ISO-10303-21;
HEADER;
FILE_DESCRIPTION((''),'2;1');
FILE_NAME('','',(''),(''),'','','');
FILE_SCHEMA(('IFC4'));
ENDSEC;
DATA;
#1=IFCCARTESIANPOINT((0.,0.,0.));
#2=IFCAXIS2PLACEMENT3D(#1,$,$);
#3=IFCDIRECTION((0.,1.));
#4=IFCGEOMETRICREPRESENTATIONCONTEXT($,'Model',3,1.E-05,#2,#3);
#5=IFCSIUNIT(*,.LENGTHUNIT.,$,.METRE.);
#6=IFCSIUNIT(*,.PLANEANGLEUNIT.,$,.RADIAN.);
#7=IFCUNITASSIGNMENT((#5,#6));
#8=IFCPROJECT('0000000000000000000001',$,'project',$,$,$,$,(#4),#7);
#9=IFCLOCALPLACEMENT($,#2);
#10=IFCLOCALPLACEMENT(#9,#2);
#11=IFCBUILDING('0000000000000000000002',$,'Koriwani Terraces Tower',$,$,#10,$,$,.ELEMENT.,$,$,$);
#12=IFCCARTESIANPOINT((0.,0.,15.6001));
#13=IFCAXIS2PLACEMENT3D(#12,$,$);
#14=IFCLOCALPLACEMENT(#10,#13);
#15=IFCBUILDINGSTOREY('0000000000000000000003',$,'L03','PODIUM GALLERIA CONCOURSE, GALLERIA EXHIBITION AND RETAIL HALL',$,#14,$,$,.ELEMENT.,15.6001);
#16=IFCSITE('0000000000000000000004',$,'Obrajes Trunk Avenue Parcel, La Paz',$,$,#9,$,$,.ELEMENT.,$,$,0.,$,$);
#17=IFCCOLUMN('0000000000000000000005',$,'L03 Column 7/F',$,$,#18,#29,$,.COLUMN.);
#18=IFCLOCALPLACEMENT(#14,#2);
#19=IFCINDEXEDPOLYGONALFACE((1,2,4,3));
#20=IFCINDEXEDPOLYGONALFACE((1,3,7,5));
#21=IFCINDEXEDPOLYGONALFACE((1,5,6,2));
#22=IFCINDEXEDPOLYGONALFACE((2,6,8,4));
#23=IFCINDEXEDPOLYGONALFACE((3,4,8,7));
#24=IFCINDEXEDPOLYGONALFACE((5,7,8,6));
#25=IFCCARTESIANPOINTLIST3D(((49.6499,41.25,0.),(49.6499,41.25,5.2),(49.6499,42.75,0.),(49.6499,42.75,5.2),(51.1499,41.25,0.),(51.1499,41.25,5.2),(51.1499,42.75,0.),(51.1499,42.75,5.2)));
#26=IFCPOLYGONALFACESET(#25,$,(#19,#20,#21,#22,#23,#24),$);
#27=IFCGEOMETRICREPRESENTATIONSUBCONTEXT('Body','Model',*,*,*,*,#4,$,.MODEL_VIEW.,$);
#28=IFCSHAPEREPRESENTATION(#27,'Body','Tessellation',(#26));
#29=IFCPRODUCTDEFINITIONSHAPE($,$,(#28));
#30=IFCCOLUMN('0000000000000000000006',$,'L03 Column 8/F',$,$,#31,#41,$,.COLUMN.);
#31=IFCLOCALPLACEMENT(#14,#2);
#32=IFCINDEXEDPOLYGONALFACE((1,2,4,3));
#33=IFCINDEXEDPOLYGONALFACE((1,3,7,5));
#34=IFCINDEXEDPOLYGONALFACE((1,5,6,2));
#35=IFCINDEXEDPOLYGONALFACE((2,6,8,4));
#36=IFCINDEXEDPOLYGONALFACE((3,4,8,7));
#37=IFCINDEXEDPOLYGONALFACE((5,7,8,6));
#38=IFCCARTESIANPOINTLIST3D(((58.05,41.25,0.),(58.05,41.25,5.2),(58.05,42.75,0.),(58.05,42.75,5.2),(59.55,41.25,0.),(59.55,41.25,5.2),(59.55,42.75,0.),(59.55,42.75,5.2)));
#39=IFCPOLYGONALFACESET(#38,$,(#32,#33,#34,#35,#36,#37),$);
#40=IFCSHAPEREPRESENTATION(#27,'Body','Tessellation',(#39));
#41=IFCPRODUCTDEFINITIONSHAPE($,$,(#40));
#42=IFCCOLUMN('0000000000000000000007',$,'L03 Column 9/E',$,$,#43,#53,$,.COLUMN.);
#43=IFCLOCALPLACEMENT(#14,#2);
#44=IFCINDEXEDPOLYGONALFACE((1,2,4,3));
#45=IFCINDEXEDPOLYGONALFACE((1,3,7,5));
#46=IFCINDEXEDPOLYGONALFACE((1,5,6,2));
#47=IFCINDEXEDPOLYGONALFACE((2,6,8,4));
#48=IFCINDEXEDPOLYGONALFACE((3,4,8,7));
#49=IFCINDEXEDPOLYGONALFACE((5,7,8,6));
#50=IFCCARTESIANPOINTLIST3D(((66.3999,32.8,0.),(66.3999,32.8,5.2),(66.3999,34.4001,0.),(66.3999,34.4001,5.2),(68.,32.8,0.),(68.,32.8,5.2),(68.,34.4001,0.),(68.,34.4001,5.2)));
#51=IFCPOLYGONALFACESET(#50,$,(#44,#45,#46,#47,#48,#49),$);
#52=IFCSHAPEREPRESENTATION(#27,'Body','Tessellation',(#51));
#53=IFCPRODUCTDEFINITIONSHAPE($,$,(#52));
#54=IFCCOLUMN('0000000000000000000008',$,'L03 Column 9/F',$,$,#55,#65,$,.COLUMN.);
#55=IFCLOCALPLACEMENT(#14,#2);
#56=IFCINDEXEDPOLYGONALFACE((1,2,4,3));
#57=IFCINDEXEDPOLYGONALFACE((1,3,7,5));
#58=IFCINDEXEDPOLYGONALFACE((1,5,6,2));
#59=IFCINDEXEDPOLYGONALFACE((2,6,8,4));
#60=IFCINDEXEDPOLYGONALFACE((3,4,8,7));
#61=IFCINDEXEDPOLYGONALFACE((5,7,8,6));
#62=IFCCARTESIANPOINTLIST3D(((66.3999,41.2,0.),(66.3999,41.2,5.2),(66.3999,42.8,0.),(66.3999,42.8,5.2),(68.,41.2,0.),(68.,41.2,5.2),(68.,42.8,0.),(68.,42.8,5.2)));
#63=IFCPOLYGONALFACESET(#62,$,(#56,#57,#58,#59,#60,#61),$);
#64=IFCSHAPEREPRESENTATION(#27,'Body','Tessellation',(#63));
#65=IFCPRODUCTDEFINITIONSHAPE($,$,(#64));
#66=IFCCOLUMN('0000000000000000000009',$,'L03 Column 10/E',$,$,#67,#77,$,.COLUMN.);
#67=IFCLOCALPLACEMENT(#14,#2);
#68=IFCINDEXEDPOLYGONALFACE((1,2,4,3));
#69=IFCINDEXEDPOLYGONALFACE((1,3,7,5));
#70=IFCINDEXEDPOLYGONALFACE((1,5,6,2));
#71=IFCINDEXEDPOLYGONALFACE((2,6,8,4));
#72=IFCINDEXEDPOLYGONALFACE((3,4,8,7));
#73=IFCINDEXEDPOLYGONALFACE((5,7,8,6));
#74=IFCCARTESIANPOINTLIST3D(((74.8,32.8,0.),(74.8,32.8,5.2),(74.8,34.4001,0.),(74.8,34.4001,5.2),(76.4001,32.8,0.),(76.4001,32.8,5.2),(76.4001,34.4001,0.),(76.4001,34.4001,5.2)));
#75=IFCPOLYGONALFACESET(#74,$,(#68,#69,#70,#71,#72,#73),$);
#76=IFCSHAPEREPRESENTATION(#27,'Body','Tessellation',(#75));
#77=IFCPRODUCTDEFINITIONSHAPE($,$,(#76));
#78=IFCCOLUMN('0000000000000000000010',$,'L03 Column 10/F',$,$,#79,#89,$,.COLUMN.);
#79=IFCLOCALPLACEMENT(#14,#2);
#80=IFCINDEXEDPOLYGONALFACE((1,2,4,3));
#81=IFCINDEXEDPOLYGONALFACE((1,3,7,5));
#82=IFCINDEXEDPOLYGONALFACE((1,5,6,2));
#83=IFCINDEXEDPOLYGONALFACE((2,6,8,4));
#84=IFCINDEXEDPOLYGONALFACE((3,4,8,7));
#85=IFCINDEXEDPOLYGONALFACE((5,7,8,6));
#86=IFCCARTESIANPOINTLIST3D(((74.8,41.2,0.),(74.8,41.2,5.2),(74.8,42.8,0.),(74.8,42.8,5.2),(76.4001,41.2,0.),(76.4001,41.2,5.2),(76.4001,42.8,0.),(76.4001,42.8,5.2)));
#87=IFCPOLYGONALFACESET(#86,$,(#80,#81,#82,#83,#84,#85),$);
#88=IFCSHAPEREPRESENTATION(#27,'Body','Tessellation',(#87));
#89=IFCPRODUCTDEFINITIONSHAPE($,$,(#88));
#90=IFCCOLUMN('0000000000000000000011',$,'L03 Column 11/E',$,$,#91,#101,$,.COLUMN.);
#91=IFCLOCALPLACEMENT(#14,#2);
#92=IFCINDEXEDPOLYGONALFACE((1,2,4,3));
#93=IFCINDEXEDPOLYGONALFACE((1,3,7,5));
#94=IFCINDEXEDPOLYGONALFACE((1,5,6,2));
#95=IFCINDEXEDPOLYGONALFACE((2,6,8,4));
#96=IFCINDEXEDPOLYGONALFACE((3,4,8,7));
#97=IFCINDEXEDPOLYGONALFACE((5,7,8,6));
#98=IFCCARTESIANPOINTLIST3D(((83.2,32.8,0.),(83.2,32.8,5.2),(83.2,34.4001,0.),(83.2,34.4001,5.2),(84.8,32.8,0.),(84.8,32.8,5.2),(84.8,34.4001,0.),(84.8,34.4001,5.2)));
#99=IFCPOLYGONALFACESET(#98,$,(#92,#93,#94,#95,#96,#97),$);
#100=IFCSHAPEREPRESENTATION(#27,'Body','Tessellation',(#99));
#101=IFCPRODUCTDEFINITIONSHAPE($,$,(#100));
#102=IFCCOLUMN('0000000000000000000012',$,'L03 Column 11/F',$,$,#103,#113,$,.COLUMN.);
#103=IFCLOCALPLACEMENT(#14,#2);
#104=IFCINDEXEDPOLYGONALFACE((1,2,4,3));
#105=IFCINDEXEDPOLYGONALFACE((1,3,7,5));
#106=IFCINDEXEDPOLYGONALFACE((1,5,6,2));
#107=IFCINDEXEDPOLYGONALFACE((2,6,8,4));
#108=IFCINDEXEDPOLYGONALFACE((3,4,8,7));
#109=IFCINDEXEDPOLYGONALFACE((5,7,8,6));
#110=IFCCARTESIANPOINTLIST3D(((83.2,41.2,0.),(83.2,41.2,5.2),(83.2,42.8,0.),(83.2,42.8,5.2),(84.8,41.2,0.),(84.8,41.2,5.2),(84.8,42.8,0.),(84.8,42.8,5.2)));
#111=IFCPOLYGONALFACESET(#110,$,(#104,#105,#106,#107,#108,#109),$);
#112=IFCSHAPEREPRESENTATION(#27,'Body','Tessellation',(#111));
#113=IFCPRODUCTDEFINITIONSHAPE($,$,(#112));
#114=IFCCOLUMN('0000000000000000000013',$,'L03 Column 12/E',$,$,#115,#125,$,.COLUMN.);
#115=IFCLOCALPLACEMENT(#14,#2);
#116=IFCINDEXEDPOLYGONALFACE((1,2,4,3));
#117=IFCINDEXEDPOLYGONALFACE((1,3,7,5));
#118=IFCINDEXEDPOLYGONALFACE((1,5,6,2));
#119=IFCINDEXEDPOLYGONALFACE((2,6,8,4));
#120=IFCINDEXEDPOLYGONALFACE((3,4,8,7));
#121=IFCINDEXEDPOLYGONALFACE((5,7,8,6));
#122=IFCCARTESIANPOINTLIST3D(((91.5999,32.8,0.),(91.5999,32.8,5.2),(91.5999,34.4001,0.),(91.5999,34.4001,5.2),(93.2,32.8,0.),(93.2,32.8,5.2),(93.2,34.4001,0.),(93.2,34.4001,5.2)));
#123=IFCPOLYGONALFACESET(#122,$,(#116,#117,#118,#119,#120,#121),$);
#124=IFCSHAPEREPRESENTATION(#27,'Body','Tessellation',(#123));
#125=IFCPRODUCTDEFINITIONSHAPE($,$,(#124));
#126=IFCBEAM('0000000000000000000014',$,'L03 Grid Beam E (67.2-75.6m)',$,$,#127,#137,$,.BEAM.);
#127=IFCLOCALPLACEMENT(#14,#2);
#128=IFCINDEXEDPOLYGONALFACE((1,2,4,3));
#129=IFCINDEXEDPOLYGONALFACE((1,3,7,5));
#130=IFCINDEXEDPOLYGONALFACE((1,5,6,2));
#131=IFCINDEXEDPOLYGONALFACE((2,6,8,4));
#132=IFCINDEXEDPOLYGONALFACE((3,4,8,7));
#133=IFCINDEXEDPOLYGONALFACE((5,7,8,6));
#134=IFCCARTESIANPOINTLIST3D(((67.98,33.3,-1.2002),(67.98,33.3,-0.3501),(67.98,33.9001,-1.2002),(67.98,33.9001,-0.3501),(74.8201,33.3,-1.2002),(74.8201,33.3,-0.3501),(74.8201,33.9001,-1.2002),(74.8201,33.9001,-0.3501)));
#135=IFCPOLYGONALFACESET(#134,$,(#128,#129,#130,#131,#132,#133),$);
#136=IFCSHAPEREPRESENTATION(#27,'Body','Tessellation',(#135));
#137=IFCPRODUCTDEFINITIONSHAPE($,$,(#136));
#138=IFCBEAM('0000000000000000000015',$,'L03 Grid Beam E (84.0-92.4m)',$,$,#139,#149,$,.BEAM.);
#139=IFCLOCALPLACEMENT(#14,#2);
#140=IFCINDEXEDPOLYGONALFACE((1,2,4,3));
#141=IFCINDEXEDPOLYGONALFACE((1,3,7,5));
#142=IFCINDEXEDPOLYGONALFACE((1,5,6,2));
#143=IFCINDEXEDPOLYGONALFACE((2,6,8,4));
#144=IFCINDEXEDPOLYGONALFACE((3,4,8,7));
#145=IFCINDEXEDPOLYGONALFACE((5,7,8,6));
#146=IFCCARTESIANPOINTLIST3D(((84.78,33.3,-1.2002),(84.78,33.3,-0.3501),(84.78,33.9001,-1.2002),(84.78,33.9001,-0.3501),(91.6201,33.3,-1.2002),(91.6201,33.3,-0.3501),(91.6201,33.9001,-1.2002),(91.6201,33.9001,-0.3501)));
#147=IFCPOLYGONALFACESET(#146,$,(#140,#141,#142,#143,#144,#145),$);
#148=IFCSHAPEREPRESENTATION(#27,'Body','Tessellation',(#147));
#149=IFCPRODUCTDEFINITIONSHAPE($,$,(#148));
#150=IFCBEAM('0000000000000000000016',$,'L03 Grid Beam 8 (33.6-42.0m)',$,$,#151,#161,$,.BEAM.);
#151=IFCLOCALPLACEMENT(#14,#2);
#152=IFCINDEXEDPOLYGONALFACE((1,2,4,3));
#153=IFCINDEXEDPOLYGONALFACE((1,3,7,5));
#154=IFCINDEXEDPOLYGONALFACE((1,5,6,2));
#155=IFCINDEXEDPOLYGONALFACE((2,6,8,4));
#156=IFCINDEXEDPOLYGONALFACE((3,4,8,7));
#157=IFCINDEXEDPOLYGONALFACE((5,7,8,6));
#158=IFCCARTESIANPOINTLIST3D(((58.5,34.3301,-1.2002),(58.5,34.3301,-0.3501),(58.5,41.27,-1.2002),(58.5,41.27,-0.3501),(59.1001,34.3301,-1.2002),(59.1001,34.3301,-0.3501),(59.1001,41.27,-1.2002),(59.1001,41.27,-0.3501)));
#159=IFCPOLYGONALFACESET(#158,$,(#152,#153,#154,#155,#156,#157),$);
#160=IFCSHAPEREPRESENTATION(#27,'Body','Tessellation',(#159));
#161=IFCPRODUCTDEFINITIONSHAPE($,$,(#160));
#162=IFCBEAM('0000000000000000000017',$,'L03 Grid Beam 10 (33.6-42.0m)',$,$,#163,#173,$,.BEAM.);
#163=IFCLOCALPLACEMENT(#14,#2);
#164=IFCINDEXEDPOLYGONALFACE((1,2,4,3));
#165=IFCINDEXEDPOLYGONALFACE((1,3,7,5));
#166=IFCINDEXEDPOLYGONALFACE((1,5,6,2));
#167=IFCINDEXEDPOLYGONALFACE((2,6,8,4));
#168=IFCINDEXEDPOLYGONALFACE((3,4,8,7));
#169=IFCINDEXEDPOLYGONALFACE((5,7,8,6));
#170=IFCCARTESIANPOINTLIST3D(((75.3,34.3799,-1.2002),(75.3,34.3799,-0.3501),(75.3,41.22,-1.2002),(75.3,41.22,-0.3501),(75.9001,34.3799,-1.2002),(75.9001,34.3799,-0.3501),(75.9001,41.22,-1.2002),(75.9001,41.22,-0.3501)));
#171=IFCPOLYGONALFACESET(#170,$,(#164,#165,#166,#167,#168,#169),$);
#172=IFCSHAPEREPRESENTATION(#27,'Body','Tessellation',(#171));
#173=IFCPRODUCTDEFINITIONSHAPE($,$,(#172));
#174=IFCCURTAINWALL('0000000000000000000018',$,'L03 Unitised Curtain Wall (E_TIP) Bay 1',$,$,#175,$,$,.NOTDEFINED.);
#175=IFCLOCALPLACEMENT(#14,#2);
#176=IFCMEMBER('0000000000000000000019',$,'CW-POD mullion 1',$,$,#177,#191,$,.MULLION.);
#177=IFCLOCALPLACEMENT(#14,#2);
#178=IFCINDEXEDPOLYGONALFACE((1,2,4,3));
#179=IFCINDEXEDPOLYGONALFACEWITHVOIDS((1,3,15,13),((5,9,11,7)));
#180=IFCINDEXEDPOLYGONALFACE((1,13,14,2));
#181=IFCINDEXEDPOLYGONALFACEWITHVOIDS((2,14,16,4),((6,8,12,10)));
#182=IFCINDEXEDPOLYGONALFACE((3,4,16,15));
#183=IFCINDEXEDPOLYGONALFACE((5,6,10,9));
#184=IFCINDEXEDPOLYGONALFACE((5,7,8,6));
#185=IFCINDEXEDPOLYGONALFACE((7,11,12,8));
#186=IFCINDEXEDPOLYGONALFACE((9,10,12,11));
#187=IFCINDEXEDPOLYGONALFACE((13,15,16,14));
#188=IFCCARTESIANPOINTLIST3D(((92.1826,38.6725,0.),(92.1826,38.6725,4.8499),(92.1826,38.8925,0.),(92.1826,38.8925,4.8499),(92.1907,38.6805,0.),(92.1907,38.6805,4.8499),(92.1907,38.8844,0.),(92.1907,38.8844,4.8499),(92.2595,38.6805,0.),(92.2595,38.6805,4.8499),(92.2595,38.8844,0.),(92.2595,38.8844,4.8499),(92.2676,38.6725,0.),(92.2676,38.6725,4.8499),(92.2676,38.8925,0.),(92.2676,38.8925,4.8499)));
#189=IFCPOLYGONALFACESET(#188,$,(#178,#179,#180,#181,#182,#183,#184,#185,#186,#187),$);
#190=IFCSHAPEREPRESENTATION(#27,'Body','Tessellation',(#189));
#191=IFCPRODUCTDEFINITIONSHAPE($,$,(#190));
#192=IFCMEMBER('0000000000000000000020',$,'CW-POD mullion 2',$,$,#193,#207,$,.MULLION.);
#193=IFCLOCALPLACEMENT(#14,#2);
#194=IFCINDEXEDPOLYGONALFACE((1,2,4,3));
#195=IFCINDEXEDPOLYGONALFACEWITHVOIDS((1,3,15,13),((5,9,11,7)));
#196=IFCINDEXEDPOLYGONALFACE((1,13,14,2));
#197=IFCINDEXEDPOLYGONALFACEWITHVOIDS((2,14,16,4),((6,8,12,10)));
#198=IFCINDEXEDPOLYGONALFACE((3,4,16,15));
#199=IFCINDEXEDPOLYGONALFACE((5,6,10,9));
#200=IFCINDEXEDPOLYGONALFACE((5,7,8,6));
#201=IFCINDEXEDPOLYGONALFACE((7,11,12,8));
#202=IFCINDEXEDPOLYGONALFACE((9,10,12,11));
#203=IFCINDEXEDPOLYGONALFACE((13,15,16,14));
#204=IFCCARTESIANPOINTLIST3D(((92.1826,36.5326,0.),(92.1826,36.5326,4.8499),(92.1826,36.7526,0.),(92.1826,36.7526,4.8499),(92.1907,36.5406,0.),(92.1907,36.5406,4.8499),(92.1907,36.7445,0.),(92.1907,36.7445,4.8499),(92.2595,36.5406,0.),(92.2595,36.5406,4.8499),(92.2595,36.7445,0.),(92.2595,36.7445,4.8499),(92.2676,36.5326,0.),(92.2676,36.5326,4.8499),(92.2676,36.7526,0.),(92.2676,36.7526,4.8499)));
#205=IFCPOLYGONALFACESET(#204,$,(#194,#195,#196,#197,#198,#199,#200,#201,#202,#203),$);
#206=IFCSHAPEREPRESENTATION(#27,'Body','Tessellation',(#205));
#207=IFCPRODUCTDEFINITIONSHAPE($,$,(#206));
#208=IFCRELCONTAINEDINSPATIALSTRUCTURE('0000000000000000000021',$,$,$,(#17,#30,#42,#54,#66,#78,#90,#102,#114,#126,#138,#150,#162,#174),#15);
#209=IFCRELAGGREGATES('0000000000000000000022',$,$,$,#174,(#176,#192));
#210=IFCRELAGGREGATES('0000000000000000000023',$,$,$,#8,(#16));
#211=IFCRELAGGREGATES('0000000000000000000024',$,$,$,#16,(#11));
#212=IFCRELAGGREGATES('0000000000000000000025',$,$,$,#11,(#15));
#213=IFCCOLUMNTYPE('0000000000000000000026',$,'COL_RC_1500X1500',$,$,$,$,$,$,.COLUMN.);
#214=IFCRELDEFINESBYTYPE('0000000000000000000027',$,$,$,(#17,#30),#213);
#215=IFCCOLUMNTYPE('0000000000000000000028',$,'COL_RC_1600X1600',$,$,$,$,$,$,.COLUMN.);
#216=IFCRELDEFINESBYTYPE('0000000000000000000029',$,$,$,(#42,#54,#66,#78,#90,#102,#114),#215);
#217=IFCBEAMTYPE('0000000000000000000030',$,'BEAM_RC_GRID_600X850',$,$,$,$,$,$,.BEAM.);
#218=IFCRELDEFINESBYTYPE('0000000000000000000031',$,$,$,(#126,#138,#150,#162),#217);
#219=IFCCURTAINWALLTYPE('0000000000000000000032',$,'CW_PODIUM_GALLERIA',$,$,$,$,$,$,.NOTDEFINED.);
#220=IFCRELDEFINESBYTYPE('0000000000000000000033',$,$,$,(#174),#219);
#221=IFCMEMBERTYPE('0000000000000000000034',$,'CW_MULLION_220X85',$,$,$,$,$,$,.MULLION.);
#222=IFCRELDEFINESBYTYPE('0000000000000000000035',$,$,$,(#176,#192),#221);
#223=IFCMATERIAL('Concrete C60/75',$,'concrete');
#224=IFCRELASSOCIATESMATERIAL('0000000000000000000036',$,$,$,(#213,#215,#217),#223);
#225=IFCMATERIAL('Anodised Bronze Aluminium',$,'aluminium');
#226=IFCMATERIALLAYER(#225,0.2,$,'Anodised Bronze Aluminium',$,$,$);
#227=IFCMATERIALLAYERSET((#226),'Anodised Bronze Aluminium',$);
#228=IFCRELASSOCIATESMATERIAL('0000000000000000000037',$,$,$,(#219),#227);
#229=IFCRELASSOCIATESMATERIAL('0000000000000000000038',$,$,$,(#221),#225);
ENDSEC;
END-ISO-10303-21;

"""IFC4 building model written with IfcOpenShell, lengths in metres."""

from ifc_helpers import new_model, si_unit, direction, frame, origin, origin_2d, place, context, subcontext, project, spatial, rectangle, hollow_rectangle, extrude, material, layer, layer_set, material_profile, profile_set, type_object, element, aggregate, save


model = new_model("IFC4")

# Units and contexts
model_context = context("Model", 3, precision=1e-05, world=origin(), true_north=direction((0.0, 1.0)))
body_context = subcontext(model_context, "Body", "Model", "MODEL_VIEW")
ifc_project = project(units=[si_unit("LENGTHUNIT", "METRE"), si_unit("PLANEANGLEUNIT", "RADIAN")], contexts=[model_context])

# Site, building, storey
site_placement = place(None, origin())
site = spatial("IfcSite", under=ifc_project, at=site_placement, Name="Obrajes Trunk Avenue Parcel, La Paz", CompositionType="ELEMENT", RefElevation=0.0)
building_placement = place(site_placement, origin())
building = spatial("IfcBuilding", under=site, at=building_placement, Name="Koriwani Terraces Tower", CompositionType="ELEMENT")
storey_placement = place(building_placement, frame((0.0, 0.0, 15.6001)))
storey = spatial("IfcBuildingStorey", under=building, at=storey_placement, Name="L03", Description="PODIUM GALLERIA CONCOURSE, GALLERIA EXHIBITION AND RETAIL HALL", CompositionType="ELEMENT", Elevation=15.6001)

# Columns
ifc_material_1 = material(Name="Concrete C60/75", Category="concrete")
ifc_material_profile_1 = material_profile(ifc_material_1, rectangle(XDim=1.5, YDim=1.5, at=origin_2d()), Name="Concrete C60/75", Category="LoadBearing")
ifc_profile_set_1 = profile_set([ifc_material_profile_1], Name="Concrete C60/75")
column_type_1 = type_object("IfcColumnType", Name="COL_RC_1500X1500", PredefinedType="COLUMN", material=ifc_profile_set_1)
for number, where, z_axis, x_axis, name in (
    (1, (50.3999, 42.0, 0.0), (0.0, 0.0, 1.0), (1.0, 0.0, 0.0), "L03 Column 7/F"),
    (2, (58.8, 42.0, 0.0), (0.0, 0.0, 1.0), (1.0, 0.0, 0.0), "L03 Column 8/F"),
):
    element("IfcColumn", number, at=place(storey_placement, frame(where, z_axis=z_axis, x_axis=x_axis)), inside=storey, type_object=column_type_1, Name=name, PredefinedType="COLUMN", context=body_context, shape_type="SweptSolid", body=[
        extrude(rectangle(XDim=1.5, YDim=1.5, at=origin_2d()), origin(), (0.0, 0.0, 1.0), 5.2),
    ])
ifc_material_profile_2 = material_profile(ifc_material_1, rectangle(XDim=1.6001, YDim=1.6001, at=origin_2d()), Name="Concrete C60/75", Category="LoadBearing")
ifc_profile_set_2 = profile_set([ifc_material_profile_2], Name="Concrete C60/75")
column_type_2 = type_object("IfcColumnType", Name="COL_RC_1600X1600", PredefinedType="COLUMN", material=ifc_profile_set_2)
for number, where, z_axis, x_axis, name in (
    (3, (67.2, 33.6001, 0.0), (0.0, 0.0, 1.0), (1.0, 0.0, 0.0), "L03 Column 9/E"),
    (4, (67.2, 42.0, 0.0), (0.0, 0.0, 1.0), (1.0, 0.0, 0.0), "L03 Column 9/F"),
    (5, (75.6001, 33.6001, 0.0), (0.0, 0.0, 1.0), (1.0, 0.0, 0.0), "L03 Column 10/E"),
    (6, (75.6001, 42.0, 0.0), (0.0, 0.0, 1.0), (1.0, 0.0, 0.0), "L03 Column 10/F"),
    (7, (84.0, 33.6001, 0.0), (0.0, 0.0, 1.0), (1.0, 0.0, 0.0), "L03 Column 11/E"),
    (8, (84.0, 42.0, 0.0), (0.0, 0.0, 1.0), (1.0, 0.0, 0.0), "L03 Column 11/F"),
    (9, (92.3999, 33.6001, 0.0), (0.0, 0.0, 1.0), (1.0, 0.0, 0.0), "L03 Column 12/E"),
):
    element("IfcColumn", number, at=place(storey_placement, frame(where, z_axis=z_axis, x_axis=x_axis)), inside=storey, type_object=column_type_2, Name=name, PredefinedType="COLUMN", context=body_context, shape_type="SweptSolid", body=[
        extrude(rectangle(XDim=1.6001, YDim=1.6001, at=origin_2d()), origin(), (0.0, 0.0, 1.0), 5.2),
    ])

# Beams
ifc_material_profile_3 = material_profile(ifc_material_1, rectangle(XDim=0.6001, YDim=0.8501, at=origin_2d()), Name="Concrete C60/75", Category="LoadBearing")
ifc_profile_set_3 = profile_set([ifc_material_profile_3], Name="Concrete C60/75")
beam_type_1 = type_object("IfcBeamType", Name="BEAM_RC_GRID_600X850", PredefinedType="BEAM", material=ifc_profile_set_3)
for number, where, z_axis, x_axis, name in (
    (10, (67.98, 33.6001, -0.7751), (1.0, 0.0, 0.0), (0.0, 1.0, 0.0), "L03 Grid Beam E (67.2-75.6m)"),
    (11, (84.78, 33.6001, -0.7751), (1.0, 0.0, 0.0), (0.0, 1.0, 0.0), "L03 Grid Beam E (84.0-92.4m)"),
):
    element("IfcBeam", number, at=place(storey_placement, frame(where, z_axis=z_axis, x_axis=x_axis)), inside=storey, type_object=beam_type_1, Name=name, PredefinedType="BEAM", context=body_context, shape_type="SweptSolid", body=[
        extrude(rectangle(XDim=0.6001, YDim=0.8501, at=origin_2d()), origin(), (0.0, 0.0, 1.0), 6.8401),
    ])
beam_1_placement = place(storey_placement, frame((58.8, 34.3301, -0.7751), z_axis=(0.0, 1.0, 0.0), x_axis=(-1.0, 0.0, 0.0)))
element("IfcBeam", 12, at=beam_1_placement, inside=storey, type_object=beam_type_1, Name="L03 Grid Beam 8 (33.6-42.0m)", PredefinedType="BEAM", context=body_context, shape_type="SweptSolid", body=[
    extrude(rectangle(XDim=0.6001, YDim=0.8501, at=origin_2d()), origin(), (0.0, 0.0, 1.0), 6.9399),
])
beam_2_placement = place(storey_placement, frame((75.6001, 34.3799, -0.7751), z_axis=(0.0, 1.0, 0.0), x_axis=(-1.0, 0.0, 0.0)))
element("IfcBeam", 13, at=beam_2_placement, inside=storey, type_object=beam_type_1, Name="L03 Grid Beam 10 (33.6-42.0m)", PredefinedType="BEAM", context=body_context, shape_type="SweptSolid", body=[
    extrude(rectangle(XDim=0.6001, YDim=0.8501, at=origin_2d()), origin(), (0.0, 0.0, 1.0), 6.8401),
])

# Curtain wall, members
ifc_material_2 = material(Name="Anodised Bronze Aluminium", Category="aluminium")
ifc_layer_1 = layer(ifc_material_2, 0.2, Name="Anodised Bronze Aluminium")
ifc_layer_set_1 = layer_set([ifc_layer_1], Name="Anodised Bronze Aluminium")
curtain_wall_type = type_object("IfcCurtainWallType", Name="CW_PODIUM_GALLERIA", PredefinedType="NOTDEFINED", material=ifc_layer_set_1)
curtain_wall_placement = place(storey_placement, origin())
curtain_wall = element("IfcCurtainWall", 14, at=curtain_wall_placement, inside=storey, type_object=curtain_wall_type, Name="L03 Unitised Curtain Wall (E_TIP) Bay 1", PredefinedType="NOTDEFINED")
ifc_material_profile_4 = material_profile(ifc_material_2, hollow_rectangle(XDim=0.085, YDim=0.22, WallThickness=0.0081, at=origin_2d()), Name="Anodised Bronze Aluminium", Category="LoadBearing")
ifc_profile_set_4 = profile_set([ifc_material_profile_4], Name="Anodised Bronze Aluminium")
member_type_1 = type_object("IfcMemberType", Name="CW_MULLION_220X85", PredefinedType="MULLION", material=ifc_profile_set_4)
member_1_placement = place(storey_placement, frame((92.2251, 38.7825, 0.0), z_axis=(0.0, 0.0, 1.0), x_axis=(1.0, 0.0, 0.0)))
member_1 = element("IfcMember", 15, at=member_1_placement, type_object=member_type_1, Name="CW-POD mullion 1", PredefinedType="MULLION", context=body_context, shape_type="SweptSolid", body=[
    extrude(hollow_rectangle(XDim=0.085, YDim=0.22, WallThickness=0.0081, at=origin_2d()), origin(), (0.0, 0.0, 1.0), 4.8499),
])
member_2_placement = place(storey_placement, frame((92.2251, 36.6426, 0.0), z_axis=(0.0, 0.0, 1.0), x_axis=(1.0, 0.0, 0.0)))
member_2 = element("IfcMember", 16, at=member_2_placement, type_object=member_type_1, Name="CW-POD mullion 2", PredefinedType="MULLION", context=body_context, shape_type="SweptSolid", body=[
    extrude(hollow_rectangle(XDim=0.085, YDim=0.22, WallThickness=0.0081, at=origin_2d()), origin(), (0.0, 0.0, 1.0), 4.8499),
])

aggregate(curtain_wall, [member_1, member_2])

save(model, "model.ifc")
